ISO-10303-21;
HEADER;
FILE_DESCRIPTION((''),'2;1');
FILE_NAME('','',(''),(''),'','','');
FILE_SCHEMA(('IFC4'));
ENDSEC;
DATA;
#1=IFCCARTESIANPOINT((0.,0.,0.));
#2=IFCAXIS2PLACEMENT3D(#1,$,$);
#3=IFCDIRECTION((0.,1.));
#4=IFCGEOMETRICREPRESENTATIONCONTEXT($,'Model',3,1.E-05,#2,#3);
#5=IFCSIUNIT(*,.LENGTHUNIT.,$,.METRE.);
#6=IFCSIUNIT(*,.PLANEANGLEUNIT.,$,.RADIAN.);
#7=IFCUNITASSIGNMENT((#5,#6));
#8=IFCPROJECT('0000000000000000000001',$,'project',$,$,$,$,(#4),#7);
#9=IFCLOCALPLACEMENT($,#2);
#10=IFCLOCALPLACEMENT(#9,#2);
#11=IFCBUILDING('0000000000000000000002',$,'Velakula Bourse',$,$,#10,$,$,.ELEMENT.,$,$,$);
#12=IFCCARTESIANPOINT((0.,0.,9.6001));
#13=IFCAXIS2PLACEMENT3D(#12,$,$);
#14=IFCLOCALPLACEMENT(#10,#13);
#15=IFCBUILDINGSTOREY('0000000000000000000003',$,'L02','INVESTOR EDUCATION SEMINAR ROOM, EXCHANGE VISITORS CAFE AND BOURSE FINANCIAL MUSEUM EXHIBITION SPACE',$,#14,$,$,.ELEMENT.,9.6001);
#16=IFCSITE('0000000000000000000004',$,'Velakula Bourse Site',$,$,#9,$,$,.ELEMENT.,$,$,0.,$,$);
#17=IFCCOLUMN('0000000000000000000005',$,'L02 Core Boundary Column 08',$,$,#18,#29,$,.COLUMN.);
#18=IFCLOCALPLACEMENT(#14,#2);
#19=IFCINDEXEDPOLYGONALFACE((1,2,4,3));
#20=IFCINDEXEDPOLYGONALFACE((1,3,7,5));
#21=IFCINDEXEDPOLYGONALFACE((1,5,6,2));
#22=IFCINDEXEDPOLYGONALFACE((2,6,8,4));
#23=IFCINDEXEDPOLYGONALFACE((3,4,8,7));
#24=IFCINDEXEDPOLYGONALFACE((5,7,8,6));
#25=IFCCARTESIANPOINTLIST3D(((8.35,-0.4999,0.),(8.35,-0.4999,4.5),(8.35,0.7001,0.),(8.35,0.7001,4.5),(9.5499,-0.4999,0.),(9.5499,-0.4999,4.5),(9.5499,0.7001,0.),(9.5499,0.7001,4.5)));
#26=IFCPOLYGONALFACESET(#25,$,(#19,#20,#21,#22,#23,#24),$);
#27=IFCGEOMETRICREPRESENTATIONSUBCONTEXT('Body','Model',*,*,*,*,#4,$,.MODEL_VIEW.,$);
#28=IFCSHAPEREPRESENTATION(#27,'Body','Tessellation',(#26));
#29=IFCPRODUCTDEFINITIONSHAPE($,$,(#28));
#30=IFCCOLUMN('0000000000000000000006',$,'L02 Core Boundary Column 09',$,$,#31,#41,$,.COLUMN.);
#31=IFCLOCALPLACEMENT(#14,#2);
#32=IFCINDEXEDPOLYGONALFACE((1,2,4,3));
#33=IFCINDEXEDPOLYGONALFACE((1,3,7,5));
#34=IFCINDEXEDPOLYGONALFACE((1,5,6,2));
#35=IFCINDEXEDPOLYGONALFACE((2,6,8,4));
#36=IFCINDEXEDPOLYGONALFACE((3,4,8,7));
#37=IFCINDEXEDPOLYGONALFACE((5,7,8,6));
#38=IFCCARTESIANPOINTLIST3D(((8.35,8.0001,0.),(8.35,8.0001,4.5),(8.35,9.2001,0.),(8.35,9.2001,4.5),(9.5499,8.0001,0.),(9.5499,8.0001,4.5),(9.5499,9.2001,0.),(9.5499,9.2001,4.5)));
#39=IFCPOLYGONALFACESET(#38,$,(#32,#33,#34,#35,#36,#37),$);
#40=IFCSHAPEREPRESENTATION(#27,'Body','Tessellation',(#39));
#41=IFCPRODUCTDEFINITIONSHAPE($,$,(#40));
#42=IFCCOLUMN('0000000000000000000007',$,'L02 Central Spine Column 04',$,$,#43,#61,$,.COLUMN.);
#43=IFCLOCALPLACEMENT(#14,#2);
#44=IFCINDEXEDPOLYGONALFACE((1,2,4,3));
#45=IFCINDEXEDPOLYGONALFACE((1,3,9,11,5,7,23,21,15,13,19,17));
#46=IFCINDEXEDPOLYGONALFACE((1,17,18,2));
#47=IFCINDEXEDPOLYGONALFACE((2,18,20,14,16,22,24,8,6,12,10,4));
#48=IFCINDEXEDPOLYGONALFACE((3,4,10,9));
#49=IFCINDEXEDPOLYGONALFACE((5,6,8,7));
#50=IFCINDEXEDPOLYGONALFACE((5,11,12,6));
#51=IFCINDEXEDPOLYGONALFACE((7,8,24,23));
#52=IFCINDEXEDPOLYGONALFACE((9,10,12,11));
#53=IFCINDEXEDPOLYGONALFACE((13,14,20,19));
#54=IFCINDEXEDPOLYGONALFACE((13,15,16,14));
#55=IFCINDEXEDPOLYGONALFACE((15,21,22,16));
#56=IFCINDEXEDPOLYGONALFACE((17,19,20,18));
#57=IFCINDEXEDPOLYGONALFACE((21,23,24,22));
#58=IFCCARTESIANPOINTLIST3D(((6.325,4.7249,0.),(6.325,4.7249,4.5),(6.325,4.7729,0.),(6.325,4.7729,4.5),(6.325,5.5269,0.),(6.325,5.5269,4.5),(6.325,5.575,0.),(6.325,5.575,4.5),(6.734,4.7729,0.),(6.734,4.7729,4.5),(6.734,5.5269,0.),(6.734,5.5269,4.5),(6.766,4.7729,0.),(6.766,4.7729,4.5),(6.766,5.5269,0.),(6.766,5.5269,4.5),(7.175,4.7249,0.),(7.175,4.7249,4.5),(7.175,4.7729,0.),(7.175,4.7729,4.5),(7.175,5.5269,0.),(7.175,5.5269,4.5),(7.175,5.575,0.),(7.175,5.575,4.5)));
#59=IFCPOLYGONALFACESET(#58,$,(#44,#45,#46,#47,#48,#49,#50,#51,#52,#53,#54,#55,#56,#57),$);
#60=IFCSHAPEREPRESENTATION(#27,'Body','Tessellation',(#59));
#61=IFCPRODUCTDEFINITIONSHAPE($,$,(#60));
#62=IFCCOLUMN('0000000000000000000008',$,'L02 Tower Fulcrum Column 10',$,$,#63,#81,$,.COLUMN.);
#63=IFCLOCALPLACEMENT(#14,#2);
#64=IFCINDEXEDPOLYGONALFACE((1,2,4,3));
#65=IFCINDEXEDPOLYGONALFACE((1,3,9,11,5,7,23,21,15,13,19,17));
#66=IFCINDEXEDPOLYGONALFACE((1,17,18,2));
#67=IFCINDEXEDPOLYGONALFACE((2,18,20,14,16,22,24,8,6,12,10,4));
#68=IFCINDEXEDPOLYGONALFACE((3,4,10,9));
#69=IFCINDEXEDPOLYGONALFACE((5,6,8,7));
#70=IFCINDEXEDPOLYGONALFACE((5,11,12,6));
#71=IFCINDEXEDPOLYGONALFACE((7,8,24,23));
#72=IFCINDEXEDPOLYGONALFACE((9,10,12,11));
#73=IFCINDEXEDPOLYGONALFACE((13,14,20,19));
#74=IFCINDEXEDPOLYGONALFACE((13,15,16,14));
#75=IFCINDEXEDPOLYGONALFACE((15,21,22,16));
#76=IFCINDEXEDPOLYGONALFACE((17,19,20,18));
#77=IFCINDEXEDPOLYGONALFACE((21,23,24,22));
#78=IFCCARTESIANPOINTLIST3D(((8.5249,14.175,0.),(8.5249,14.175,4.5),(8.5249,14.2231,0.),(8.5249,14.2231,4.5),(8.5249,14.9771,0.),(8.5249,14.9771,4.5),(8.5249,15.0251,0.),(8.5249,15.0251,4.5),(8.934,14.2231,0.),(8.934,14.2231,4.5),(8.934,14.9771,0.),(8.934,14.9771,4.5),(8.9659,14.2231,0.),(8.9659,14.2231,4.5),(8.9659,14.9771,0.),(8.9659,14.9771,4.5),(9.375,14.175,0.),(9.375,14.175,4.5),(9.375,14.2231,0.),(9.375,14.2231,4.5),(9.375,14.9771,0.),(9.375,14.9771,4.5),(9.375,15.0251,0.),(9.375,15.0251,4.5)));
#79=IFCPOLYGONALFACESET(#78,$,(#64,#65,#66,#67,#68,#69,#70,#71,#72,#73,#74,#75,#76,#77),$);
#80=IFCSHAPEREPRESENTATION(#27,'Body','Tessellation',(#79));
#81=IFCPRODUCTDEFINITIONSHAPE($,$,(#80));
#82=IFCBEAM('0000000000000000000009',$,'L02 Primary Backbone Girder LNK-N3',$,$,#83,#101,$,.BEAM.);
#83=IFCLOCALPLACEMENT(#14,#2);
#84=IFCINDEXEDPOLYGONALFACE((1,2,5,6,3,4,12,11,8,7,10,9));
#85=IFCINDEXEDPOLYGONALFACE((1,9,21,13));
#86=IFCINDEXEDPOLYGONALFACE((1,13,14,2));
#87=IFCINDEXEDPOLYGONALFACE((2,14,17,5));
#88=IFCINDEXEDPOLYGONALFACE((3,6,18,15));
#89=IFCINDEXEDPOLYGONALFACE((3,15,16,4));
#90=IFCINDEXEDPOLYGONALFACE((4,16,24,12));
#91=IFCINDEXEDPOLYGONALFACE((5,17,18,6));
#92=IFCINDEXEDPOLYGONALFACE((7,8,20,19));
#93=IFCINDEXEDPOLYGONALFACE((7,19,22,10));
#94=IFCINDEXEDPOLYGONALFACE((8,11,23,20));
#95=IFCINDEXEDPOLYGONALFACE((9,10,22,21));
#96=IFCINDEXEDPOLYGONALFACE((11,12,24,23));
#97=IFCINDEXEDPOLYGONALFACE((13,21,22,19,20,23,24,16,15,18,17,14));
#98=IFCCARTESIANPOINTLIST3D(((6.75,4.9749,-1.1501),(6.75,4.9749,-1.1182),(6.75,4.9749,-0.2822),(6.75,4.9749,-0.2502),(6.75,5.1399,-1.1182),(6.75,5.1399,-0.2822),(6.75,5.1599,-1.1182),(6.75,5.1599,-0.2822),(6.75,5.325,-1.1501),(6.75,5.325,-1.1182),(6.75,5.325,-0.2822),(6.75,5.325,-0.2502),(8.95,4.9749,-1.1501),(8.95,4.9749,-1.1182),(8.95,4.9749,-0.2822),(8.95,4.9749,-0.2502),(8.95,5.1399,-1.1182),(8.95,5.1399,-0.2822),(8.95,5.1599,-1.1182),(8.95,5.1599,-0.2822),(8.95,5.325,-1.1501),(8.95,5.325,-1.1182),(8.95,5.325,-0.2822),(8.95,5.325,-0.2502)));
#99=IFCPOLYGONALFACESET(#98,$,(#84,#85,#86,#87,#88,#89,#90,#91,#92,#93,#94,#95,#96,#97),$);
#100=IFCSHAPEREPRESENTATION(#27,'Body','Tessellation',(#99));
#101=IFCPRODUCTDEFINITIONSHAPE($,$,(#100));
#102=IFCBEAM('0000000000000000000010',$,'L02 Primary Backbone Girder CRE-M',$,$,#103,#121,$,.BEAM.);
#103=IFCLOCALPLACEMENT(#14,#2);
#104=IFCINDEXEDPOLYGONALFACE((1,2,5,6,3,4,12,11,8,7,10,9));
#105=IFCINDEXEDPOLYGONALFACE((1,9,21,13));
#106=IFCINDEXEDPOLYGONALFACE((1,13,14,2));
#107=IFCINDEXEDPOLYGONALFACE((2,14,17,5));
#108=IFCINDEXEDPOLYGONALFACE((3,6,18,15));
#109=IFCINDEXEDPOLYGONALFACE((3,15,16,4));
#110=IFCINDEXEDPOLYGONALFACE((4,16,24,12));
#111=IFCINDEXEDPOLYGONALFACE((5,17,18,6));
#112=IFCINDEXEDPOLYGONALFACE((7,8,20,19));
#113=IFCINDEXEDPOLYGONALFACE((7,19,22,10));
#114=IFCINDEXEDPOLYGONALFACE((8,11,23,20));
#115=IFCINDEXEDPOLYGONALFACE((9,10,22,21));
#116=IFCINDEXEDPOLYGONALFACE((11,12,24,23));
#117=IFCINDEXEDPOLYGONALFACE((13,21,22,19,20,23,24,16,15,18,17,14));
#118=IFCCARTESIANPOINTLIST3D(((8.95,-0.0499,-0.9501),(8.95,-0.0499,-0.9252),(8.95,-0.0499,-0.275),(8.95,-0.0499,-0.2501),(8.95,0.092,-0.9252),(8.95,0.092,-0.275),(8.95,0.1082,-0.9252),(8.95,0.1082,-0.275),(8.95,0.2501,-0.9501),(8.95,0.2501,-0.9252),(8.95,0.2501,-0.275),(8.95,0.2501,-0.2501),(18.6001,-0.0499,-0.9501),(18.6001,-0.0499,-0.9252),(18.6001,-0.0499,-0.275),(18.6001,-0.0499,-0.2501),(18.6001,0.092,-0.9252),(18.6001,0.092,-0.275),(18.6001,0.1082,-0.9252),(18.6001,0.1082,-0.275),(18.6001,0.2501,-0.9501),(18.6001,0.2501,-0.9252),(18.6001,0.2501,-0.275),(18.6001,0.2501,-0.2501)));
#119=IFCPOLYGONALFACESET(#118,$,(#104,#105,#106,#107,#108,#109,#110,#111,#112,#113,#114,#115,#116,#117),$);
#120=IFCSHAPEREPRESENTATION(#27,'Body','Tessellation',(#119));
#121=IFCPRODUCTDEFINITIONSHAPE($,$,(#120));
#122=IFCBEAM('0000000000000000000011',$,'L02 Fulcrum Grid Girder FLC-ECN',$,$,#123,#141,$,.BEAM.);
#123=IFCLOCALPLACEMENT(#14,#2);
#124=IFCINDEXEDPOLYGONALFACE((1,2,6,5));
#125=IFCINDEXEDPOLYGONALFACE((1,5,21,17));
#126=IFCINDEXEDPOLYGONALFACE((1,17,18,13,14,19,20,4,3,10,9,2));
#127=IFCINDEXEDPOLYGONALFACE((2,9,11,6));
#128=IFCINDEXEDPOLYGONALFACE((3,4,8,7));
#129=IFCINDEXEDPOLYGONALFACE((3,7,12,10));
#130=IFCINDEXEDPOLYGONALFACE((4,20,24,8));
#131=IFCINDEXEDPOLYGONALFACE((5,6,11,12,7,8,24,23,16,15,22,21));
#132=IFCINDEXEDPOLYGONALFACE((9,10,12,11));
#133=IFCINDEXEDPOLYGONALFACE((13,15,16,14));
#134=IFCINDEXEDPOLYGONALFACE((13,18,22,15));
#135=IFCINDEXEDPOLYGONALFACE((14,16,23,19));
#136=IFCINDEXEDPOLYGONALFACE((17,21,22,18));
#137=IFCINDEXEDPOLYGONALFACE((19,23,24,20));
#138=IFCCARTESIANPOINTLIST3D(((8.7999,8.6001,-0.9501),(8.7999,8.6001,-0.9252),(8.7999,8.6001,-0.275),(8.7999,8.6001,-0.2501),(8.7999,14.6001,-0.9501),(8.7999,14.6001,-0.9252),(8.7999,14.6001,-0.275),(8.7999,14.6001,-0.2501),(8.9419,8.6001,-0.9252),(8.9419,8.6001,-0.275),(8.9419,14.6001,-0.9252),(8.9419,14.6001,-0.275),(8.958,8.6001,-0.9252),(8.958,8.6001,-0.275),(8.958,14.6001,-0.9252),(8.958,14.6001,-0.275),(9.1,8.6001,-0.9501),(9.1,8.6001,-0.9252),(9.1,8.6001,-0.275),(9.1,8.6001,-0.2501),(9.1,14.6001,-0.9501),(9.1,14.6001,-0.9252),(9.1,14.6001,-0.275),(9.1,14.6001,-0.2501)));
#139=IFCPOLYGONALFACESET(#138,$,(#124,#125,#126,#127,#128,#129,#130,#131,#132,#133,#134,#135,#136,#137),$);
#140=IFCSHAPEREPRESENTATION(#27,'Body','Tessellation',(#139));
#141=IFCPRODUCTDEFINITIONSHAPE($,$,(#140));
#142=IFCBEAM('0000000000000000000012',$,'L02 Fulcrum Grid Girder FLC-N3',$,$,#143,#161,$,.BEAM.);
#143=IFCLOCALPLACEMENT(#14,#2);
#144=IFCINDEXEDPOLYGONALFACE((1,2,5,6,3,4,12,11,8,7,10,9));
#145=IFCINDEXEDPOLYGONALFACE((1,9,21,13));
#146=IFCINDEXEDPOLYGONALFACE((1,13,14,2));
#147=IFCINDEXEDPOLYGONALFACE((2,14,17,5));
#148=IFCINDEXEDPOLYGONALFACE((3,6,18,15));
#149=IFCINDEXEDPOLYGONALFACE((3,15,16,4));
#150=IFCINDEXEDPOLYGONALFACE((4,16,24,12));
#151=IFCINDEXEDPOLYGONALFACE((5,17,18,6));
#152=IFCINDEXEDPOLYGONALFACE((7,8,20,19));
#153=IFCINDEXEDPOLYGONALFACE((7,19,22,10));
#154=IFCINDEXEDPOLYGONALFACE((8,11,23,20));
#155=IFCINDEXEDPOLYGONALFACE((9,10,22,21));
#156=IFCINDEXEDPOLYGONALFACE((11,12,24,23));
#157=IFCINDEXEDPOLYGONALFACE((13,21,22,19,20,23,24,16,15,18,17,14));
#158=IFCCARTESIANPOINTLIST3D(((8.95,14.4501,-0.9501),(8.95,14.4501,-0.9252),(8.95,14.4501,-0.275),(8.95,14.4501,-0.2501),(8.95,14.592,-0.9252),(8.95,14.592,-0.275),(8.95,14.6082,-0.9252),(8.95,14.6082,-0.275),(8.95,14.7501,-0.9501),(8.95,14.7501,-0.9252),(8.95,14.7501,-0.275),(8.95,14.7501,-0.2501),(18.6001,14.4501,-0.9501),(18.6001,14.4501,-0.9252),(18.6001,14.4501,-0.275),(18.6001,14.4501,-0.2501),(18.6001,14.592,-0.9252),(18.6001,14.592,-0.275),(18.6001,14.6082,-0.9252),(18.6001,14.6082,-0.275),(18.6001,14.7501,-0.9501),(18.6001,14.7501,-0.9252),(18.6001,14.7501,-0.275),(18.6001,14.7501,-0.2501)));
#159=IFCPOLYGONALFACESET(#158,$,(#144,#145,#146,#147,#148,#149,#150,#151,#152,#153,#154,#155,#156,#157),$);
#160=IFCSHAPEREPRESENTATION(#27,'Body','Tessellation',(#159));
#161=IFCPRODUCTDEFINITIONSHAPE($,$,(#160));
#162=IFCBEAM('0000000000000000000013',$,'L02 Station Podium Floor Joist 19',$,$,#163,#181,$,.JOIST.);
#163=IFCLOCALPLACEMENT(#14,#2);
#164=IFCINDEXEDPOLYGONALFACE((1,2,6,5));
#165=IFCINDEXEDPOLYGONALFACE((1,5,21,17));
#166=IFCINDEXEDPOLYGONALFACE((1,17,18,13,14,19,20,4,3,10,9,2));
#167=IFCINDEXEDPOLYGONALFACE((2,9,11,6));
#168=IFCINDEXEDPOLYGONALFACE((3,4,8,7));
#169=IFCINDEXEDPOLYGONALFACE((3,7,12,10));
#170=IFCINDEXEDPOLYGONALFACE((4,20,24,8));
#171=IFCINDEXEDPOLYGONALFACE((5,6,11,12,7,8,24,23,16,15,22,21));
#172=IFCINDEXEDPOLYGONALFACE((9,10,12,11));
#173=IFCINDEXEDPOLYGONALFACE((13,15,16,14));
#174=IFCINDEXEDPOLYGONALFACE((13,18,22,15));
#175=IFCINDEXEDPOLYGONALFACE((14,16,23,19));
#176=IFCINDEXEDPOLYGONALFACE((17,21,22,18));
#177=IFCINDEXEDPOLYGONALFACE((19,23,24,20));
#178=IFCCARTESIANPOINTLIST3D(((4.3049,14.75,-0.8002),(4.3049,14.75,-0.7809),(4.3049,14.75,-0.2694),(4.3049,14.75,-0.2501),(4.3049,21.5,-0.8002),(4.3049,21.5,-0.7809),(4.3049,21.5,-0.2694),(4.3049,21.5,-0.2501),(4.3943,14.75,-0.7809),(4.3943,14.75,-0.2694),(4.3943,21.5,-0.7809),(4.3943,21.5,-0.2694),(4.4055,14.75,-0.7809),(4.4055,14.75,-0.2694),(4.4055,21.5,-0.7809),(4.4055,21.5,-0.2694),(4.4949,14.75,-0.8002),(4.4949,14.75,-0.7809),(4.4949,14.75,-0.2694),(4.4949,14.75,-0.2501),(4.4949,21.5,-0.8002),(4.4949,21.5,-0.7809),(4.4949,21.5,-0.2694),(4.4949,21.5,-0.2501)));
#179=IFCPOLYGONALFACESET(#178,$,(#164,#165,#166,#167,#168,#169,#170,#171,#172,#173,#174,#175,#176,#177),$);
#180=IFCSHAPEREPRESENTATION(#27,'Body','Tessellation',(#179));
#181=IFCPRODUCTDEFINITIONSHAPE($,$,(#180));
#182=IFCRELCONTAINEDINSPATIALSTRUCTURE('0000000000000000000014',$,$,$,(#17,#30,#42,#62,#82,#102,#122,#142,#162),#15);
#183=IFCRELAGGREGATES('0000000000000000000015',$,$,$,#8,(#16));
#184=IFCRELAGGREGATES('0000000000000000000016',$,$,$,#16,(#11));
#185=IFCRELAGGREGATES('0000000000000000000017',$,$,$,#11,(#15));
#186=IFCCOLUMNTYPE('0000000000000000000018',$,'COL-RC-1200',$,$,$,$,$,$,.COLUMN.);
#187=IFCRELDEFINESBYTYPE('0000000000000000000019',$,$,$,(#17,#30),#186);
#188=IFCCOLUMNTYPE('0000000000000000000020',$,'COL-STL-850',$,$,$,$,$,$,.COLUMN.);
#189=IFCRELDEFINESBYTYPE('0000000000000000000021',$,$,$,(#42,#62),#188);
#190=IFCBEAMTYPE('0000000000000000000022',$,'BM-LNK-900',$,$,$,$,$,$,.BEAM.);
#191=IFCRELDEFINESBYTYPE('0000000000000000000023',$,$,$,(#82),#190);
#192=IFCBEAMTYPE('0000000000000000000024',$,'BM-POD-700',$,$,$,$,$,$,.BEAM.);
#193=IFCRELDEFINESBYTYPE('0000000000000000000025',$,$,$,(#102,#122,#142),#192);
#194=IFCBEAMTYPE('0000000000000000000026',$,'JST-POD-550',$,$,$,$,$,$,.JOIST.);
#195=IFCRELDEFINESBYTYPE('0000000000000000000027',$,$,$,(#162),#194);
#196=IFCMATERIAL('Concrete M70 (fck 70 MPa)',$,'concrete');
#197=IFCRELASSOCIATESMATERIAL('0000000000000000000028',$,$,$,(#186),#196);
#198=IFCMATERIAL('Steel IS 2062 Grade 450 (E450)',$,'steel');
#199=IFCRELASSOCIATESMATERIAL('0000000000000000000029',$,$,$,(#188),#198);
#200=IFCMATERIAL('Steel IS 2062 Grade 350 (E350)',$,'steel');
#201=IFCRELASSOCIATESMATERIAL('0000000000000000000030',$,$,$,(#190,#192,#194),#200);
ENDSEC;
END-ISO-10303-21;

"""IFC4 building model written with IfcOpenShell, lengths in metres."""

from ifc_helpers import new_model, si_unit, direction, frame, origin, origin_2d, place, context, subcontext, project, spatial, rectangle, i_section, extrude, material, material_profile, profile_set, type_object, element, save


model = new_model("IFC4")

# Units and contexts
model_context = context("Model", 3, precision=1e-05, world=origin(), true_north=direction((0.0, 1.0)))
body_context = subcontext(model_context, "Body", "Model", "MODEL_VIEW")
ifc_project = project(units=[si_unit("LENGTHUNIT", "METRE"), si_unit("PLANEANGLEUNIT", "RADIAN")], contexts=[model_context])

# Site, building, storey
site_placement = place(None, origin())
site = spatial("IfcSite", under=ifc_project, at=site_placement, Name="Velakula Bourse Site", CompositionType="ELEMENT", RefElevation=0.0)
building_placement = place(site_placement, origin())
building = spatial("IfcBuilding", under=site, at=building_placement, Name="Velakula Bourse", CompositionType="ELEMENT")
storey_placement = place(building_placement, frame((0.0, 0.0, 9.6001)))
storey = spatial("IfcBuildingStorey", under=building, at=storey_placement, Name="L02", Description="INVESTOR EDUCATION SEMINAR ROOM, EXCHANGE VISITORS CAFE AND BOURSE FINANCIAL MUSEUM EXHIBITION SPACE", CompositionType="ELEMENT", Elevation=9.6001)

# Columns
ifc_material_1 = material(Name="Concrete M70 (fck 70 MPa)", Category="concrete")
ifc_material_profile_1 = material_profile(ifc_material_1, rectangle(XDim=1.2, YDim=1.2, at=origin_2d()), Name="Concrete M70 (fck 70 MPa)")
ifc_profile_set_1 = profile_set([ifc_material_profile_1], Name="Concrete M70 (fck 70 MPa)")
column_type_1 = type_object("IfcColumnType", Name="COL-RC-1200", PredefinedType="COLUMN", material=ifc_profile_set_1)
for number, where, z_axis, x_axis, name in (
    (1, (8.95, 0.1001, 0.0), (0.0, 0.0, 1.0), (1.0, 0.0, 0.0), "L02 Core Boundary Column 08"),
    (2, (8.95, 8.6001, 0.0), (0.0, 0.0, 1.0), (1.0, 0.0, 0.0), "L02 Core Boundary Column 09"),
):
    element("IfcColumn", number, at=place(storey_placement, frame(where, z_axis=z_axis, x_axis=x_axis)), inside=storey, type_object=column_type_1, Name=name, PredefinedType="COLUMN", context=body_context, shape_type="SweptSolid", body=[
        extrude(rectangle(XDim=1.2, YDim=1.2, at=origin_2d()), origin(), (0.0, 0.0, 1.0), 4.5),
    ])
ifc_material_2 = material(Name="Steel IS 2062 Grade 450 (E450)", Category="steel")
ifc_material_profile_2 = material_profile(ifc_material_2, i_section(OverallWidth=0.8501, OverallDepth=0.8501, WebThickness=0.032, FlangeThickness=0.0481, at=origin_2d()), Name="Steel IS 2062 Grade 450 (E450)")
ifc_profile_set_2 = profile_set([ifc_material_profile_2], Name="Steel IS 2062 Grade 450 (E450)")
column_type_2 = type_object("IfcColumnType", Name="COL-STL-850", PredefinedType="COLUMN", material=ifc_profile_set_2)
for number, where, z_axis, x_axis, name in (
    (3, (6.75, 5.1499, 0.0), (0.0, 0.0, 1.0), (1.0, 0.0, 0.0), "L02 Central Spine Column 04"),
    (4, (8.95, 14.6001, 0.0), (0.0, 0.0, 1.0), (1.0, 0.0, 0.0), "L02 Tower Fulcrum Column 10"),
):
    element("IfcColumn", number, at=place(storey_placement, frame(where, z_axis=z_axis, x_axis=x_axis)), inside=storey, type_object=column_type_2, Name=name, PredefinedType="COLUMN", context=body_context, shape_type="SweptSolid", body=[
        extrude(i_section(OverallWidth=0.8501, OverallDepth=0.8501, WebThickness=0.032, FlangeThickness=0.0481, at=origin_2d()), origin(), (0.0, 0.0, 1.0), 4.5),
    ])

# Beams
ifc_material_3 = material(Name="Steel IS 2062 Grade 350 (E350)", Category="steel")
ifc_material_profile_3 = material_profile(ifc_material_3, i_section(OverallWidth=0.3501, OverallDepth=0.8999, WebThickness=0.02, FlangeThickness=0.032, at=origin_2d()), Name="Steel IS 2062 Grade 350 (E350)")
ifc_profile_set_3 = profile_set([ifc_material_profile_3], Name="Steel IS 2062 Grade 350 (E350)")
beam_type_1 = type_object("IfcBeamType", Name="BM-LNK-900", PredefinedType="BEAM", material=ifc_profile_set_3)
beam_1_placement = place(storey_placement, frame((6.75, 5.1499, -0.7002), z_axis=(1.0, 0.0, 0.0), x_axis=(0.0, 1.0, 0.0)))
element("IfcBeam", 5, at=beam_1_placement, inside=storey, type_object=beam_type_1, Name="L02 Primary Backbone Girder LNK-N3", PredefinedType="BEAM", context=body_context, shape_type="SweptSolid", body=[
    extrude(i_section(OverallWidth=0.3501, OverallDepth=0.8999, WebThickness=0.02, FlangeThickness=0.032, at=origin_2d()), origin(), (0.0, 0.0, 1.0), 2.2),
])
ifc_material_profile_4 = material_profile(ifc_material_3, i_section(OverallWidth=0.3, OverallDepth=0.7, WebThickness=0.0161, FlangeThickness=0.0249, at=origin_2d()), Name="Steel IS 2062 Grade 350 (E350)")
ifc_profile_set_4 = profile_set([ifc_material_profile_4], Name="Steel IS 2062 Grade 350 (E350)")
beam_type_2 = type_object("IfcBeamType", Name="BM-POD-700", PredefinedType="BEAM", material=ifc_profile_set_4)
beam_2_placement = place(storey_placement, frame((8.95, 0.1001, -0.6001), z_axis=(1.0, 0.0, 0.0), x_axis=(0.0, 1.0, 0.0)))
element("IfcBeam", 6, at=beam_2_placement, inside=storey, type_object=beam_type_2, Name="L02 Primary Backbone Girder CRE-M", PredefinedType="BEAM", context=body_context, shape_type="SweptSolid", body=[
    extrude(i_section(OverallWidth=0.3, OverallDepth=0.7, WebThickness=0.0161, FlangeThickness=0.0249, at=origin_2d()), origin(), (0.0, 0.0, 1.0), 9.6501),
])
beam_3_placement = place(storey_placement, frame((8.95, 8.6001, -0.6001), z_axis=(0.0, 1.0, 0.0), x_axis=(-1.0, 0.0, 0.0)))
element("IfcBeam", 7, at=beam_3_placement, inside=storey, type_object=beam_type_2, Name="L02 Fulcrum Grid Girder FLC-ECN", PredefinedType="BEAM", context=body_context, shape_type="SweptSolid", body=[
    extrude(i_section(OverallWidth=0.3, OverallDepth=0.7, WebThickness=0.0161, FlangeThickness=0.0249, at=origin_2d()), origin(), (0.0, 0.0, 1.0), 6.0),
])
beam_4_placement = place(storey_placement, frame((8.95, 14.6001, -0.6001), z_axis=(1.0, 0.0, 0.0), x_axis=(0.0, 1.0, 0.0)))
element("IfcBeam", 8, at=beam_4_placement, inside=storey, type_object=beam_type_2, Name="L02 Fulcrum Grid Girder FLC-N3", PredefinedType="BEAM", context=body_context, shape_type="SweptSolid", body=[
    extrude(i_section(OverallWidth=0.3, OverallDepth=0.7, WebThickness=0.0161, FlangeThickness=0.0249, at=origin_2d()), origin(), (0.0, 0.0, 1.0), 9.6501),
])
ifc_material_profile_5 = material_profile(ifc_material_3, i_section(OverallWidth=0.1899, OverallDepth=0.55, WebThickness=0.0112, FlangeThickness=0.0193, at=origin_2d()), Name="Steel IS 2062 Grade 350 (E350)")
ifc_profile_set_5 = profile_set([ifc_material_profile_5], Name="Steel IS 2062 Grade 350 (E350)")
beam_type_3 = type_object("IfcBeamType", Name="JST-POD-550", PredefinedType="JOIST", material=ifc_profile_set_5)
for number, where, z_axis, x_axis, name in (
    (9, (4.3999, 14.75, -0.5251), (0.0, 1.0, 0.0), (-1.0, 0.0, 0.0), "L02 Station Podium Floor Joist 19"),
):
    element("IfcBeam", number, at=place(storey_placement, frame(where, z_axis=z_axis, x_axis=x_axis)), inside=storey, type_object=beam_type_3, Name=name, PredefinedType="JOIST", context=body_context, shape_type="SweptSolid", body=[
        extrude(i_section(OverallWidth=0.1899, OverallDepth=0.55, WebThickness=0.0112, FlangeThickness=0.0193, at=origin_2d()), origin(), (0.0, 0.0, 1.0), 6.75),
    ])

save(model, "model.ifc")
